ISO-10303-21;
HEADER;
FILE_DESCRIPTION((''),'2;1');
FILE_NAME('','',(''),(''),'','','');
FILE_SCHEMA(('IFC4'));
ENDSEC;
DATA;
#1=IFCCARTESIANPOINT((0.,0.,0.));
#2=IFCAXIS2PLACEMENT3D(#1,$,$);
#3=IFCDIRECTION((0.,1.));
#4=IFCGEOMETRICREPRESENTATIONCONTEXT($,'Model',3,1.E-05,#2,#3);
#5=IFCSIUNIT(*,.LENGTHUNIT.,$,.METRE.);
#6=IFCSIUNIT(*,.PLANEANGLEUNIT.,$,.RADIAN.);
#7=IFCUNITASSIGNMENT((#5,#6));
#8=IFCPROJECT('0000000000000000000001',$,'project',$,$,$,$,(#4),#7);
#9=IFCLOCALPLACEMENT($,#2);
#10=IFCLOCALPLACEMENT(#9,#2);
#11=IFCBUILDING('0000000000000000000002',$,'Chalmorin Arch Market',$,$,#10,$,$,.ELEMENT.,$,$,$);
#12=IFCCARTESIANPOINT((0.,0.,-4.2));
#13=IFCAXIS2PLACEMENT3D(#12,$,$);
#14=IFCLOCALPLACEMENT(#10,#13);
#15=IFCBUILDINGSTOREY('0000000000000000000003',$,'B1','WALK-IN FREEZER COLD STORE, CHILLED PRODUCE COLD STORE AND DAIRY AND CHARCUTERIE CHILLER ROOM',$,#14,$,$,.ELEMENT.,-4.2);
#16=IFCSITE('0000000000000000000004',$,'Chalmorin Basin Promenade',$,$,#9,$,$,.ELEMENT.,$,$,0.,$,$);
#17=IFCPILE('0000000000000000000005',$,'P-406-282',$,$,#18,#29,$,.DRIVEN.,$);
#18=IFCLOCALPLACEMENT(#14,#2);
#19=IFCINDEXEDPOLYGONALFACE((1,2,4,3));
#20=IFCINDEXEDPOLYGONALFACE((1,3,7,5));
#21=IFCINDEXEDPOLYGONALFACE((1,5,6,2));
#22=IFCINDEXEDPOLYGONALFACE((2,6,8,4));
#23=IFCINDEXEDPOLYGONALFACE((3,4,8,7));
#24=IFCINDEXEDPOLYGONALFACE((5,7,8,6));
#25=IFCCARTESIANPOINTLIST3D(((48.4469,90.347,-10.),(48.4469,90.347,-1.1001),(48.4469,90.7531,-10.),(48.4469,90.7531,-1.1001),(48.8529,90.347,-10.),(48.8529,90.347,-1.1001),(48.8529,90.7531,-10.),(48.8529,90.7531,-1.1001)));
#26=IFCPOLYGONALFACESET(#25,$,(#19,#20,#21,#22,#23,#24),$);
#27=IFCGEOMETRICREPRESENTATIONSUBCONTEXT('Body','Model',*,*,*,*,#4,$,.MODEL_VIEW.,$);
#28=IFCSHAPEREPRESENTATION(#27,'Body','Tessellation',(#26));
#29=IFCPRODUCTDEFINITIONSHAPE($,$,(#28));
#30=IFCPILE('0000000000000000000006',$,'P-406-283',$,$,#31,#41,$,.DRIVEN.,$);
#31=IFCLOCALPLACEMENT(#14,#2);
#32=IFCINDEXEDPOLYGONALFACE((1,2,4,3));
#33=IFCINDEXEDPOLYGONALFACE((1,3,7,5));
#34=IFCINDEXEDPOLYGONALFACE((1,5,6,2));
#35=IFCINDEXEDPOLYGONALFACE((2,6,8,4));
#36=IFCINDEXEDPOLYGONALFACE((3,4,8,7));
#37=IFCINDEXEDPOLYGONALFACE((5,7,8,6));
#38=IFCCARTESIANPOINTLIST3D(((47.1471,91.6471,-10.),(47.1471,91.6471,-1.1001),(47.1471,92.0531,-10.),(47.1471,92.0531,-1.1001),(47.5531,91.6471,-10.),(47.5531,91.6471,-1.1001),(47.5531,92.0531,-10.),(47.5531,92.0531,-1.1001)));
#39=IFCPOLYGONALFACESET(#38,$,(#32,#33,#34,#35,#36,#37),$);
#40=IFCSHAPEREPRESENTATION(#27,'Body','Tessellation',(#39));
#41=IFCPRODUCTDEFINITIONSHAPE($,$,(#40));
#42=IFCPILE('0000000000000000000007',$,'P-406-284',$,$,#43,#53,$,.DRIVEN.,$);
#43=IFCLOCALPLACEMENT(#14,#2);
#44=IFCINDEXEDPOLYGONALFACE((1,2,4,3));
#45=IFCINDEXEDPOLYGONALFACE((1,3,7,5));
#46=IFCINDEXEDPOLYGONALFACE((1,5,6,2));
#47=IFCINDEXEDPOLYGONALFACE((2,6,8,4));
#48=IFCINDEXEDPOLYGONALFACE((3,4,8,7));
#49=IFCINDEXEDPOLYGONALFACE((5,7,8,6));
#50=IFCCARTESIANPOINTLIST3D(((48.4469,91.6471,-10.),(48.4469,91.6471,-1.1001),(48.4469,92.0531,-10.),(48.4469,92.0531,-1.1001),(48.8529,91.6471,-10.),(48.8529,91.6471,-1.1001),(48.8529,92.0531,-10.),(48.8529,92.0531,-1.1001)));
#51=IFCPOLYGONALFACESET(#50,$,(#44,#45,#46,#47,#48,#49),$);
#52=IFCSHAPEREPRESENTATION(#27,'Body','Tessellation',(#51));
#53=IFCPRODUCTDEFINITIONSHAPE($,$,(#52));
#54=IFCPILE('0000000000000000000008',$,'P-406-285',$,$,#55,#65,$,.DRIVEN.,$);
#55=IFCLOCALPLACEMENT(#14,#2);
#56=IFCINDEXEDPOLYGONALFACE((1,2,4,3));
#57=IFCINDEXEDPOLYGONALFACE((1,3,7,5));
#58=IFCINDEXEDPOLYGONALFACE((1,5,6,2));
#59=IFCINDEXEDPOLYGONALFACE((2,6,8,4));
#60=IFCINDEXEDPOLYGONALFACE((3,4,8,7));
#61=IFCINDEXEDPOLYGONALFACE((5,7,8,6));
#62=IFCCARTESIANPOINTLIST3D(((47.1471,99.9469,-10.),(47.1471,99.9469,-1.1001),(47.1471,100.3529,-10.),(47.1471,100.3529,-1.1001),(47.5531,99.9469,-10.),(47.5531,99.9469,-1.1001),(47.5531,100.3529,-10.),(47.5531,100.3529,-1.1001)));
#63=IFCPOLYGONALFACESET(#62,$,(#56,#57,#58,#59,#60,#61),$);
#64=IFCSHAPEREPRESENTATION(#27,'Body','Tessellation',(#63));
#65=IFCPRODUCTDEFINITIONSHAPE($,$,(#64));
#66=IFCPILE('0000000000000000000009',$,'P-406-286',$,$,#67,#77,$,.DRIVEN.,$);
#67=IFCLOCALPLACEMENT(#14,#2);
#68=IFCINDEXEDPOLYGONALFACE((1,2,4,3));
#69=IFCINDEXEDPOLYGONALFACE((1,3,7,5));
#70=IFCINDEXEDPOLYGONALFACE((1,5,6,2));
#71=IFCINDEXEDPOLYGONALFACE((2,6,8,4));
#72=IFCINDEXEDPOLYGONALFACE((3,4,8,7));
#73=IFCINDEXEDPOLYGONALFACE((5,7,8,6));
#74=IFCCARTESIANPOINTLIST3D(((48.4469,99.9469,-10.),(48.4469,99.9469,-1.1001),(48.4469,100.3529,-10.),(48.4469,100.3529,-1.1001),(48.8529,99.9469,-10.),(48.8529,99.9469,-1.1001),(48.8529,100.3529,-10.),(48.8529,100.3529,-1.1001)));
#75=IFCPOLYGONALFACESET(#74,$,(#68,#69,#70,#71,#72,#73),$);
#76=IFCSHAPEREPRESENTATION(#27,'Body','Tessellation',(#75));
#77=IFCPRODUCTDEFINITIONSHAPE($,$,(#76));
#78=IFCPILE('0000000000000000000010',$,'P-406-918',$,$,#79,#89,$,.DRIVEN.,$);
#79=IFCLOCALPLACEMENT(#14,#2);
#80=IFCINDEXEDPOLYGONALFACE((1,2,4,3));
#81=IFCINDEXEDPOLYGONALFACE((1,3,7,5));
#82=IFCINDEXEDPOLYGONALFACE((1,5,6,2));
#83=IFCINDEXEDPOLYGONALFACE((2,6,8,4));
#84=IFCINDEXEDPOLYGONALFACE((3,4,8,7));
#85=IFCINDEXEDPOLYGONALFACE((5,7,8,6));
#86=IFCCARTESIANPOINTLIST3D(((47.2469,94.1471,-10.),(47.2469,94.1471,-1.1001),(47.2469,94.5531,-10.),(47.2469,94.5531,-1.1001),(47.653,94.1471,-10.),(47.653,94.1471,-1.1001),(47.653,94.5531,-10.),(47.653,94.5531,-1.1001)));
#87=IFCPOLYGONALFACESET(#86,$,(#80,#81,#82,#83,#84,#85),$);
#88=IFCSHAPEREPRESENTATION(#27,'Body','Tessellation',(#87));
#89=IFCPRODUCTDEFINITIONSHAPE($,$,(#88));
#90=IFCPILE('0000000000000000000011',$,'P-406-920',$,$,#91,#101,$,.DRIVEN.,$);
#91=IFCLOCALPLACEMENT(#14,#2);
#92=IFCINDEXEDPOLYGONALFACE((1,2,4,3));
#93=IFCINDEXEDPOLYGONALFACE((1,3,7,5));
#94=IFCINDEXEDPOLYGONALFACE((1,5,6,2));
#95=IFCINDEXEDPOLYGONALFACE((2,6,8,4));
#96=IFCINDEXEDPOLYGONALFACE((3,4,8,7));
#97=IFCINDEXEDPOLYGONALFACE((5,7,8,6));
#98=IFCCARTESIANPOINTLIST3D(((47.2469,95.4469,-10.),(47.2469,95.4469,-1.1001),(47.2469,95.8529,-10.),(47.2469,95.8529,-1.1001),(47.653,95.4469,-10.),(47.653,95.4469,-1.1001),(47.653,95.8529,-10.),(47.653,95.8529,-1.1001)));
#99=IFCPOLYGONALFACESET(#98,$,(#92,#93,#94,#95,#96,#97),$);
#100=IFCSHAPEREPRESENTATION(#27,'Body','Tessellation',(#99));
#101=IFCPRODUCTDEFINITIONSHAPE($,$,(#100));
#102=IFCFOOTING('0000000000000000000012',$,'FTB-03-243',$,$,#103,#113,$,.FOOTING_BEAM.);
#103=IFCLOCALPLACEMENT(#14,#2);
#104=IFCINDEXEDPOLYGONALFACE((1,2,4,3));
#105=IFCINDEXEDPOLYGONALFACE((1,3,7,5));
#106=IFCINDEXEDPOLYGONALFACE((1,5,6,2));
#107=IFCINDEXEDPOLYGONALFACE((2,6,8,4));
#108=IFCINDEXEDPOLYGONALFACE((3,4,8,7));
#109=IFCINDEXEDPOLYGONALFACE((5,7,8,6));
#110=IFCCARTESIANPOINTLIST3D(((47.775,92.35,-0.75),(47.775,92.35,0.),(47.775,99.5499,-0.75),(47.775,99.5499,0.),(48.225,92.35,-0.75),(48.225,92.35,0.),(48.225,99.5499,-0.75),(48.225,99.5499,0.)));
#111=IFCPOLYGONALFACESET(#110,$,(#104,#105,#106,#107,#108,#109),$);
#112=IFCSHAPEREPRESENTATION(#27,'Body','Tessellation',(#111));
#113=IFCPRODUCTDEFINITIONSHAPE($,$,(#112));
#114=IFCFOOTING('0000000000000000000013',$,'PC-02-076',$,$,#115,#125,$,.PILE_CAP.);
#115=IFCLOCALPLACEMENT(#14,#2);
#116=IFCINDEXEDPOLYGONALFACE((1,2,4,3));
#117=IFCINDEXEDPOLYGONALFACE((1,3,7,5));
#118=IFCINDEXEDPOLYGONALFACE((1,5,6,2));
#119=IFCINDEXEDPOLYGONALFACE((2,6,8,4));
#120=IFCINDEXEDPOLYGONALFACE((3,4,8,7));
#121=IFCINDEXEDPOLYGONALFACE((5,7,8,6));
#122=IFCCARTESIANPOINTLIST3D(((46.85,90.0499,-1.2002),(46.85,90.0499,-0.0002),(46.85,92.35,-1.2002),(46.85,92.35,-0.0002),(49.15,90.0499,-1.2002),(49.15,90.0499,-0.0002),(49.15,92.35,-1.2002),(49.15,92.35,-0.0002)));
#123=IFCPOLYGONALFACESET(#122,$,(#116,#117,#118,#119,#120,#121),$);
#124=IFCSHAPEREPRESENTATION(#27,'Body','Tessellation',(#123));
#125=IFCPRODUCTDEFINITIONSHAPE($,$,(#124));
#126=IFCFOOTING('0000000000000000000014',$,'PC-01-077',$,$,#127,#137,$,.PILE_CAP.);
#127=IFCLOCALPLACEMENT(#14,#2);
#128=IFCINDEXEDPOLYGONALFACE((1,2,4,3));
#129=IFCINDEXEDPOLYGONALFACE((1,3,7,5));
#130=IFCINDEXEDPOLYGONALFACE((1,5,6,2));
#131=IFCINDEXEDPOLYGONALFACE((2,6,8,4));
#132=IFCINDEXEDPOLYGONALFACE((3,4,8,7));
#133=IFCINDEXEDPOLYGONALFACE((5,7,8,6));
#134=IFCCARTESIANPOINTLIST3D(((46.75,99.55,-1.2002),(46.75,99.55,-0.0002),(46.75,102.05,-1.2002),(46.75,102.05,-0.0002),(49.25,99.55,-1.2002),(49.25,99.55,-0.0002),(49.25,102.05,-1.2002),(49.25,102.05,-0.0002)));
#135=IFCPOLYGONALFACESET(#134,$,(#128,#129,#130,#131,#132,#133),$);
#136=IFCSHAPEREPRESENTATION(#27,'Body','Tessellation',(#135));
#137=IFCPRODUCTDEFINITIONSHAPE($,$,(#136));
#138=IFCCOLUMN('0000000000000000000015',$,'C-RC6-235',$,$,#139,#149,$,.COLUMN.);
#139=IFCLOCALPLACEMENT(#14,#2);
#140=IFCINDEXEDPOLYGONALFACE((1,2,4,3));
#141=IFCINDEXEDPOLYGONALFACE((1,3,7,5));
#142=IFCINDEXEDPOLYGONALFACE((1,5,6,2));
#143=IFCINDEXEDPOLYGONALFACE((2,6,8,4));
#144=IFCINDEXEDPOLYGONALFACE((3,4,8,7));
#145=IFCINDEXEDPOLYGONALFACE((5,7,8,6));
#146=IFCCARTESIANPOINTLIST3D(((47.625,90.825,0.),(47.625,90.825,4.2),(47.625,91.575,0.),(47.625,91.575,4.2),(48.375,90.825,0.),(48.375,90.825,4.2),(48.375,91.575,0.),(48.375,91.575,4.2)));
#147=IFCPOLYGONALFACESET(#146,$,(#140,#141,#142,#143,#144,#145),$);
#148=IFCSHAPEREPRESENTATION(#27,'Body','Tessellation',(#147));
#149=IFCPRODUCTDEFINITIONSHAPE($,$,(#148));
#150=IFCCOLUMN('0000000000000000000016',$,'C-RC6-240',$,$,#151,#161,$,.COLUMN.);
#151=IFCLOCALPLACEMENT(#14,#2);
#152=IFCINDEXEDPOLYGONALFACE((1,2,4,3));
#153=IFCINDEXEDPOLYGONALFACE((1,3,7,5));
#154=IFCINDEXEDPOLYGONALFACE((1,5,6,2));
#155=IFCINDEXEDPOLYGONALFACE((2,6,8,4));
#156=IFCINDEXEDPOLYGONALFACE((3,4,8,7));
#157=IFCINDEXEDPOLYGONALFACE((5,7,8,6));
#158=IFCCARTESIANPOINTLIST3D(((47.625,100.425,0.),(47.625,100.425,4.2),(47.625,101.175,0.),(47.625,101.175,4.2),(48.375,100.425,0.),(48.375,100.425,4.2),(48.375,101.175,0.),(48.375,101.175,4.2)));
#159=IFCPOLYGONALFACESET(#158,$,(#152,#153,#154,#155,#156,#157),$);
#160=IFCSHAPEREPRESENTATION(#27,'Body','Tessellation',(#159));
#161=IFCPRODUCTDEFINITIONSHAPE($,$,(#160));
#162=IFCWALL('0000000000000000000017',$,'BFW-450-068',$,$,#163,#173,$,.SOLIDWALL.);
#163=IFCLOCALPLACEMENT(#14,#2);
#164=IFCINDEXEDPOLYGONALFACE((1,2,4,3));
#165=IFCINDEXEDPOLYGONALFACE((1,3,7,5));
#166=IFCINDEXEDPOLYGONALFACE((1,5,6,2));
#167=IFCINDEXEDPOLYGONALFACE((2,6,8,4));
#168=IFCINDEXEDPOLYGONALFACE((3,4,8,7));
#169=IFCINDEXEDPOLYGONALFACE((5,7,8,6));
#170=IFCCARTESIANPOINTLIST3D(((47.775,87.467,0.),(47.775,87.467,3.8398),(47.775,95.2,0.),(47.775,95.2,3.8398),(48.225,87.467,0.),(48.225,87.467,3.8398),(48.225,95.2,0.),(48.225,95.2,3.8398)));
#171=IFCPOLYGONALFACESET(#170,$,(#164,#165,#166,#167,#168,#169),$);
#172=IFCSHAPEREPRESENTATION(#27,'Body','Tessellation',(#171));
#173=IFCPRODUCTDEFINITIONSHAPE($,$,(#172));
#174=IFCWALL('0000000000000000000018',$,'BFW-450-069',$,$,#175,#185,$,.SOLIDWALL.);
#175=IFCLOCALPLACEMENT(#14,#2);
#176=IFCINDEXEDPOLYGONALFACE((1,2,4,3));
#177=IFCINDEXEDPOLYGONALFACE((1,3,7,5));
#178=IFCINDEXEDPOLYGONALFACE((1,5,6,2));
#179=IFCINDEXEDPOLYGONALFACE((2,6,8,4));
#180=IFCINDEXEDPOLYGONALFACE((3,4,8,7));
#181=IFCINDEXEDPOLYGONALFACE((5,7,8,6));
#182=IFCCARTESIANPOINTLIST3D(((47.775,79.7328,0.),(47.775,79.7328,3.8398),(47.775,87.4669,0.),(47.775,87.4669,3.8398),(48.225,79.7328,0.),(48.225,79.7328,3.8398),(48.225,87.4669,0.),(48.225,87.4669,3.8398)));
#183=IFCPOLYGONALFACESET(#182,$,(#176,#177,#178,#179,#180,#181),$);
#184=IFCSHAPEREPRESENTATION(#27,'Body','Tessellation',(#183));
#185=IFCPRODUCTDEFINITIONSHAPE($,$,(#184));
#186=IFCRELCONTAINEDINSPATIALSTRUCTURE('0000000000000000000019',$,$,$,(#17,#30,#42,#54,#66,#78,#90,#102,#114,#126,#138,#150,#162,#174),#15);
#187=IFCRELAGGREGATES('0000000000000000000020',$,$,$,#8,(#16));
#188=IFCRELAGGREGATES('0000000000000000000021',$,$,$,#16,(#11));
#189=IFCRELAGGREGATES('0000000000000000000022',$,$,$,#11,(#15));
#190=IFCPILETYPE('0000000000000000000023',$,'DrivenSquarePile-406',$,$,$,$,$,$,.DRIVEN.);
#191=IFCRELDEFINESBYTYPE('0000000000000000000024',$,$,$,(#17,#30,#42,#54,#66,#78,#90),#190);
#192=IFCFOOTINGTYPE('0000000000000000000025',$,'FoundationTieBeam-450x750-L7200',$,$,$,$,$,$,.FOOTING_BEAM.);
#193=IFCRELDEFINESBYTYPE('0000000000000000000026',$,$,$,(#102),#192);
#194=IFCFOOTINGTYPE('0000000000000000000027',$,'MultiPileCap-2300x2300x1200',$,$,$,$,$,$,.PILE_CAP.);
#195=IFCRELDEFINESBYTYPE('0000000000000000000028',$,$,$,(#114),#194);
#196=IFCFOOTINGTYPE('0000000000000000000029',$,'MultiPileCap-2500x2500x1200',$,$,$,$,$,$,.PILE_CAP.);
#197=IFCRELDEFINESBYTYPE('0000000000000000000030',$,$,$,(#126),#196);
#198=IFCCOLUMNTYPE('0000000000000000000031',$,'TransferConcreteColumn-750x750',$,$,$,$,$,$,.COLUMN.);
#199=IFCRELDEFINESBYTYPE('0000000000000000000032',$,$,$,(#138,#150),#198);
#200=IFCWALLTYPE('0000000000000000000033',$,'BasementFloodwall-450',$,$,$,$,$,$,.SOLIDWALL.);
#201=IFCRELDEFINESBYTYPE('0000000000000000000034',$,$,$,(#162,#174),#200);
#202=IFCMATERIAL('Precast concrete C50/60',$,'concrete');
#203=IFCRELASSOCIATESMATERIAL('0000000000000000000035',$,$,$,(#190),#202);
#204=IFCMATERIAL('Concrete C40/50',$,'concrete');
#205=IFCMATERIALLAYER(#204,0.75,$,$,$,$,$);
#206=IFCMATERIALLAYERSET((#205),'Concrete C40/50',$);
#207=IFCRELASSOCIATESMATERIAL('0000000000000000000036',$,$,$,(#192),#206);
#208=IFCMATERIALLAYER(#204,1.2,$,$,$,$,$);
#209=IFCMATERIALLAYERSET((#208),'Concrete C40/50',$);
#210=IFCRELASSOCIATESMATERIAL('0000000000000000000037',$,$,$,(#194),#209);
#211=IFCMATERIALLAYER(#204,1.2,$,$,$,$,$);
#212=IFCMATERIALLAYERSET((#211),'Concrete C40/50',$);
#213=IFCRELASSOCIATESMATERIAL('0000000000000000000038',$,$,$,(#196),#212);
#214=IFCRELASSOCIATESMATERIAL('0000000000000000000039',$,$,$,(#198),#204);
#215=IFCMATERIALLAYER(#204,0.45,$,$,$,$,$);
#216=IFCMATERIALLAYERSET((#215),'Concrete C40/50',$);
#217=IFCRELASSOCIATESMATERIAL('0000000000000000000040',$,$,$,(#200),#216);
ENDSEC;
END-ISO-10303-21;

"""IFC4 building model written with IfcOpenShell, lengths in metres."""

from ifc_helpers import new_model, si_unit, direction, frame, frame_2d, origin, origin_2d, place, context, subcontext, project, spatial, rectangle, extrude, material, layer, layer_set, material_profile, profile_set, type_object, element, save


model = new_model("IFC4")

# Units and contexts
model_context = context("Model", 3, precision=1e-05, world=origin(), true_north=direction((0.0, 1.0)))
body_context = subcontext(model_context, "Body", "Model", "MODEL_VIEW")
ifc_project = project(units=[si_unit("LENGTHUNIT", "METRE"), si_unit("PLANEANGLEUNIT", "RADIAN")], contexts=[model_context])

# Site, building, storey
site_placement = place(None, origin())
site = spatial("IfcSite", under=ifc_project, at=site_placement, Name="Chalmorin Basin Promenade", CompositionType="ELEMENT", RefElevation=0.0)
building_placement = place(site_placement, origin())
building = spatial("IfcBuilding", under=site, at=building_placement, Name="Chalmorin Arch Market", CompositionType="ELEMENT")
storey_placement = place(building_placement, frame((0.0, 0.0, -4.2)))
storey = spatial("IfcBuildingStorey", under=building, at=storey_placement, Name="B1", Description="WALK-IN FREEZER COLD STORE, CHILLED PRODUCE COLD STORE AND DAIRY AND CHARCUTERIE CHILLER ROOM", CompositionType="ELEMENT", Elevation=-4.2)

# Piles
ifc_material_1 = material(Name="Precast concrete C50/60", Category="concrete")
ifc_material_profile_1 = material_profile(ifc_material_1, rectangle(XDim=0.406, YDim=0.406, at=origin_2d()), Name="PPC406")
ifc_profile_set_1 = profile_set([ifc_material_profile_1], Name="Precast concrete C50/60")
pile_type = type_object("IfcPileType", Name="DrivenSquarePile-406", PredefinedType="DRIVEN", material=ifc_profile_set_1)
for number, where, z_axis, x_axis, name in (
    (1, (48.6499, 90.55, -1.1001), (0.0, 0.0, -1.0), (1.0, 0.0, 0.0), "P-406-282"),
    (2, (47.3501, 91.8501, -1.1001), (0.0, 0.0, -1.0), (1.0, 0.0, 0.0), "P-406-283"),
    (3, (48.6499, 91.8501, -1.1001), (0.0, 0.0, -1.0), (1.0, 0.0, 0.0), "P-406-284"),
    (4, (47.3501, 100.1499, -1.1001), (0.0, 0.0, -1.0), (1.0, 0.0, 0.0), "P-406-285"),
    (5, (48.6499, 100.1499, -1.1001), (0.0, 0.0, -1.0), (1.0, 0.0, 0.0), "P-406-286"),
    (6, (47.45, 94.3501, -1.1001), (0.0, 0.0, -1.0), (1.0, 0.0, 0.0), "P-406-918"),
    (7, (47.45, 95.6499, -1.1001), (0.0, 0.0, -1.0), (1.0, 0.0, 0.0), "P-406-920"),
):
    element("IfcPile", number, at=place(storey_placement, frame(where, z_axis=z_axis, x_axis=x_axis)), inside=storey, type_object=pile_type, Name=name, PredefinedType="DRIVEN", context=body_context, shape_type="SweptSolid", body=[
        extrude(rectangle(XDim=0.406, YDim=0.406, at=origin_2d()), origin(), (0.0, 0.0, 1.0), 8.8999),
    ])

# Footings
ifc_material_2 = material(Name="Concrete C40/50", Category="concrete")
ifc_layer_1 = layer(ifc_material_2, 0.75)
ifc_layer_set_1 = layer_set([ifc_layer_1], Name="Concrete C40/50")
footing_type_1 = type_object("IfcFootingType", Name="FoundationTieBeam-450x750-L7200", PredefinedType="FOOTING_BEAM", material=ifc_layer_set_1)
footing_1_placement = place(storey_placement, frame((48.0, 95.95, -0.75), z_axis=(0.0, 0.0, 1.0), x_axis=(0.0, 1.0, 0.0)))
element("IfcFooting", 8, at=footing_1_placement, inside=storey, type_object=footing_type_1, Name="FTB-03-243", PredefinedType="FOOTING_BEAM", context=body_context, shape_type="SweptSolid", body=[
    extrude(rectangle(XDim=7.2, YDim=0.45, at=origin_2d()), origin(), (0.0, 0.0, 1.0), 0.75),
])
ifc_layer_2 = layer(ifc_material_2, 1.2)
ifc_layer_set_2 = layer_set([ifc_layer_2], Name="Concrete C40/50")
footing_type_2 = type_object("IfcFootingType", Name="MultiPileCap-2300x2300x1200", PredefinedType="PILE_CAP", material=ifc_layer_set_2)
footing_2_placement = place(storey_placement, frame((48.0, 91.2, -1.2002), z_axis=(0.0, 0.0, 1.0), x_axis=(1.0, 0.0, 0.0)))
element("IfcFooting", 9, at=footing_2_placement, inside=storey, type_object=footing_type_2, Name="PC-02-076", PredefinedType="PILE_CAP", context=body_context, shape_type="SweptSolid", body=[
    extrude(rectangle(XDim=2.3, YDim=2.3, at=origin_2d()), origin(), (0.0, 0.0, 1.0), 1.2),
])
ifc_layer_3 = layer(ifc_material_2, 1.2)
ifc_layer_set_3 = layer_set([ifc_layer_3], Name="Concrete C40/50")
footing_type_3 = type_object("IfcFootingType", Name="MultiPileCap-2500x2500x1200", PredefinedType="PILE_CAP", material=ifc_layer_set_3)
footing_3_placement = place(storey_placement, frame((48.0, 100.8, -1.2002), z_axis=(0.0, 0.0, 1.0), x_axis=(1.0, 0.0, 0.0)))
element("IfcFooting", 10, at=footing_3_placement, inside=storey, type_object=footing_type_3, Name="PC-01-077", PredefinedType="PILE_CAP", context=body_context, shape_type="SweptSolid", body=[
    extrude(rectangle(XDim=2.5, YDim=2.5, at=origin_2d()), origin(), (0.0, 0.0, 1.0), 1.2),
])

# Columns
ifc_material_profile_2 = material_profile(ifc_material_2, rectangle(XDim=0.75, YDim=0.75, at=origin_2d()), Name="RC750X750")
ifc_profile_set_2 = profile_set([ifc_material_profile_2], Name="Concrete C40/50")
column_type = type_object("IfcColumnType", Name="TransferConcreteColumn-750x750", PredefinedType="COLUMN", material=ifc_profile_set_2)
for number, where, z_axis, x_axis, name in (
    (11, (48.0, 91.2, 0.0), (0.0, 0.0, 1.0), (1.0, 0.0, 0.0), "C-RC6-235"),
    (12, (48.0, 100.8, 0.0), (0.0, 0.0, 1.0), (1.0, 0.0, 0.0), "C-RC6-240"),
):
    element("IfcColumn", number, at=place(storey_placement, frame(where, z_axis=z_axis, x_axis=x_axis)), inside=storey, type_object=column_type, Name=name, PredefinedType="COLUMN", context=body_context, shape_type="SweptSolid", body=[
        extrude(rectangle(XDim=0.75, YDim=0.75, at=origin_2d()), origin(), (0.0, 0.0, 1.0), 4.2),
    ])

# Walls
ifc_layer_4 = layer(ifc_material_2, 0.45)
ifc_layer_set_4 = layer_set([ifc_layer_4], Name="Concrete C40/50")
wall_type_1 = type_object("IfcWallType", Name="BasementFloodwall-450", PredefinedType="SOLIDWALL", material=ifc_layer_set_4)
wall_1_placement = place(storey_placement, frame((48.0, 95.2, 0.0), z_axis=(0.0, 0.0, 1.0), x_axis=(0.0, -1.0, 0.0)))
element("IfcWall", 13, at=wall_1_placement, inside=storey, type_object=wall_type_1, Name="BFW-450-068", PredefinedType="SOLIDWALL", context=body_context, shape_type="SweptSolid", body=[
    extrude(rectangle(XDim=7.7329, YDim=0.45, at=frame_2d((3.8665, 0.0))), origin(), (0.0, 0.0, 1.0), 3.8398),
])
wall_2_placement = place(storey_placement, frame((48.0, 87.467, 0.0), z_axis=(0.0, 0.0, 1.0), x_axis=(0.0, -1.0, 0.0)))
element("IfcWall", 14, at=wall_2_placement, inside=storey, type_object=wall_type_1, Name="BFW-450-069", PredefinedType="SOLIDWALL", context=body_context, shape_type="SweptSolid", body=[
    extrude(rectangle(XDim=7.7341, YDim=0.45, at=frame_2d((3.8672, 0.0))), origin(), (0.0, 0.0, 1.0), 3.8398),
])

save(model, "model.ifc")
